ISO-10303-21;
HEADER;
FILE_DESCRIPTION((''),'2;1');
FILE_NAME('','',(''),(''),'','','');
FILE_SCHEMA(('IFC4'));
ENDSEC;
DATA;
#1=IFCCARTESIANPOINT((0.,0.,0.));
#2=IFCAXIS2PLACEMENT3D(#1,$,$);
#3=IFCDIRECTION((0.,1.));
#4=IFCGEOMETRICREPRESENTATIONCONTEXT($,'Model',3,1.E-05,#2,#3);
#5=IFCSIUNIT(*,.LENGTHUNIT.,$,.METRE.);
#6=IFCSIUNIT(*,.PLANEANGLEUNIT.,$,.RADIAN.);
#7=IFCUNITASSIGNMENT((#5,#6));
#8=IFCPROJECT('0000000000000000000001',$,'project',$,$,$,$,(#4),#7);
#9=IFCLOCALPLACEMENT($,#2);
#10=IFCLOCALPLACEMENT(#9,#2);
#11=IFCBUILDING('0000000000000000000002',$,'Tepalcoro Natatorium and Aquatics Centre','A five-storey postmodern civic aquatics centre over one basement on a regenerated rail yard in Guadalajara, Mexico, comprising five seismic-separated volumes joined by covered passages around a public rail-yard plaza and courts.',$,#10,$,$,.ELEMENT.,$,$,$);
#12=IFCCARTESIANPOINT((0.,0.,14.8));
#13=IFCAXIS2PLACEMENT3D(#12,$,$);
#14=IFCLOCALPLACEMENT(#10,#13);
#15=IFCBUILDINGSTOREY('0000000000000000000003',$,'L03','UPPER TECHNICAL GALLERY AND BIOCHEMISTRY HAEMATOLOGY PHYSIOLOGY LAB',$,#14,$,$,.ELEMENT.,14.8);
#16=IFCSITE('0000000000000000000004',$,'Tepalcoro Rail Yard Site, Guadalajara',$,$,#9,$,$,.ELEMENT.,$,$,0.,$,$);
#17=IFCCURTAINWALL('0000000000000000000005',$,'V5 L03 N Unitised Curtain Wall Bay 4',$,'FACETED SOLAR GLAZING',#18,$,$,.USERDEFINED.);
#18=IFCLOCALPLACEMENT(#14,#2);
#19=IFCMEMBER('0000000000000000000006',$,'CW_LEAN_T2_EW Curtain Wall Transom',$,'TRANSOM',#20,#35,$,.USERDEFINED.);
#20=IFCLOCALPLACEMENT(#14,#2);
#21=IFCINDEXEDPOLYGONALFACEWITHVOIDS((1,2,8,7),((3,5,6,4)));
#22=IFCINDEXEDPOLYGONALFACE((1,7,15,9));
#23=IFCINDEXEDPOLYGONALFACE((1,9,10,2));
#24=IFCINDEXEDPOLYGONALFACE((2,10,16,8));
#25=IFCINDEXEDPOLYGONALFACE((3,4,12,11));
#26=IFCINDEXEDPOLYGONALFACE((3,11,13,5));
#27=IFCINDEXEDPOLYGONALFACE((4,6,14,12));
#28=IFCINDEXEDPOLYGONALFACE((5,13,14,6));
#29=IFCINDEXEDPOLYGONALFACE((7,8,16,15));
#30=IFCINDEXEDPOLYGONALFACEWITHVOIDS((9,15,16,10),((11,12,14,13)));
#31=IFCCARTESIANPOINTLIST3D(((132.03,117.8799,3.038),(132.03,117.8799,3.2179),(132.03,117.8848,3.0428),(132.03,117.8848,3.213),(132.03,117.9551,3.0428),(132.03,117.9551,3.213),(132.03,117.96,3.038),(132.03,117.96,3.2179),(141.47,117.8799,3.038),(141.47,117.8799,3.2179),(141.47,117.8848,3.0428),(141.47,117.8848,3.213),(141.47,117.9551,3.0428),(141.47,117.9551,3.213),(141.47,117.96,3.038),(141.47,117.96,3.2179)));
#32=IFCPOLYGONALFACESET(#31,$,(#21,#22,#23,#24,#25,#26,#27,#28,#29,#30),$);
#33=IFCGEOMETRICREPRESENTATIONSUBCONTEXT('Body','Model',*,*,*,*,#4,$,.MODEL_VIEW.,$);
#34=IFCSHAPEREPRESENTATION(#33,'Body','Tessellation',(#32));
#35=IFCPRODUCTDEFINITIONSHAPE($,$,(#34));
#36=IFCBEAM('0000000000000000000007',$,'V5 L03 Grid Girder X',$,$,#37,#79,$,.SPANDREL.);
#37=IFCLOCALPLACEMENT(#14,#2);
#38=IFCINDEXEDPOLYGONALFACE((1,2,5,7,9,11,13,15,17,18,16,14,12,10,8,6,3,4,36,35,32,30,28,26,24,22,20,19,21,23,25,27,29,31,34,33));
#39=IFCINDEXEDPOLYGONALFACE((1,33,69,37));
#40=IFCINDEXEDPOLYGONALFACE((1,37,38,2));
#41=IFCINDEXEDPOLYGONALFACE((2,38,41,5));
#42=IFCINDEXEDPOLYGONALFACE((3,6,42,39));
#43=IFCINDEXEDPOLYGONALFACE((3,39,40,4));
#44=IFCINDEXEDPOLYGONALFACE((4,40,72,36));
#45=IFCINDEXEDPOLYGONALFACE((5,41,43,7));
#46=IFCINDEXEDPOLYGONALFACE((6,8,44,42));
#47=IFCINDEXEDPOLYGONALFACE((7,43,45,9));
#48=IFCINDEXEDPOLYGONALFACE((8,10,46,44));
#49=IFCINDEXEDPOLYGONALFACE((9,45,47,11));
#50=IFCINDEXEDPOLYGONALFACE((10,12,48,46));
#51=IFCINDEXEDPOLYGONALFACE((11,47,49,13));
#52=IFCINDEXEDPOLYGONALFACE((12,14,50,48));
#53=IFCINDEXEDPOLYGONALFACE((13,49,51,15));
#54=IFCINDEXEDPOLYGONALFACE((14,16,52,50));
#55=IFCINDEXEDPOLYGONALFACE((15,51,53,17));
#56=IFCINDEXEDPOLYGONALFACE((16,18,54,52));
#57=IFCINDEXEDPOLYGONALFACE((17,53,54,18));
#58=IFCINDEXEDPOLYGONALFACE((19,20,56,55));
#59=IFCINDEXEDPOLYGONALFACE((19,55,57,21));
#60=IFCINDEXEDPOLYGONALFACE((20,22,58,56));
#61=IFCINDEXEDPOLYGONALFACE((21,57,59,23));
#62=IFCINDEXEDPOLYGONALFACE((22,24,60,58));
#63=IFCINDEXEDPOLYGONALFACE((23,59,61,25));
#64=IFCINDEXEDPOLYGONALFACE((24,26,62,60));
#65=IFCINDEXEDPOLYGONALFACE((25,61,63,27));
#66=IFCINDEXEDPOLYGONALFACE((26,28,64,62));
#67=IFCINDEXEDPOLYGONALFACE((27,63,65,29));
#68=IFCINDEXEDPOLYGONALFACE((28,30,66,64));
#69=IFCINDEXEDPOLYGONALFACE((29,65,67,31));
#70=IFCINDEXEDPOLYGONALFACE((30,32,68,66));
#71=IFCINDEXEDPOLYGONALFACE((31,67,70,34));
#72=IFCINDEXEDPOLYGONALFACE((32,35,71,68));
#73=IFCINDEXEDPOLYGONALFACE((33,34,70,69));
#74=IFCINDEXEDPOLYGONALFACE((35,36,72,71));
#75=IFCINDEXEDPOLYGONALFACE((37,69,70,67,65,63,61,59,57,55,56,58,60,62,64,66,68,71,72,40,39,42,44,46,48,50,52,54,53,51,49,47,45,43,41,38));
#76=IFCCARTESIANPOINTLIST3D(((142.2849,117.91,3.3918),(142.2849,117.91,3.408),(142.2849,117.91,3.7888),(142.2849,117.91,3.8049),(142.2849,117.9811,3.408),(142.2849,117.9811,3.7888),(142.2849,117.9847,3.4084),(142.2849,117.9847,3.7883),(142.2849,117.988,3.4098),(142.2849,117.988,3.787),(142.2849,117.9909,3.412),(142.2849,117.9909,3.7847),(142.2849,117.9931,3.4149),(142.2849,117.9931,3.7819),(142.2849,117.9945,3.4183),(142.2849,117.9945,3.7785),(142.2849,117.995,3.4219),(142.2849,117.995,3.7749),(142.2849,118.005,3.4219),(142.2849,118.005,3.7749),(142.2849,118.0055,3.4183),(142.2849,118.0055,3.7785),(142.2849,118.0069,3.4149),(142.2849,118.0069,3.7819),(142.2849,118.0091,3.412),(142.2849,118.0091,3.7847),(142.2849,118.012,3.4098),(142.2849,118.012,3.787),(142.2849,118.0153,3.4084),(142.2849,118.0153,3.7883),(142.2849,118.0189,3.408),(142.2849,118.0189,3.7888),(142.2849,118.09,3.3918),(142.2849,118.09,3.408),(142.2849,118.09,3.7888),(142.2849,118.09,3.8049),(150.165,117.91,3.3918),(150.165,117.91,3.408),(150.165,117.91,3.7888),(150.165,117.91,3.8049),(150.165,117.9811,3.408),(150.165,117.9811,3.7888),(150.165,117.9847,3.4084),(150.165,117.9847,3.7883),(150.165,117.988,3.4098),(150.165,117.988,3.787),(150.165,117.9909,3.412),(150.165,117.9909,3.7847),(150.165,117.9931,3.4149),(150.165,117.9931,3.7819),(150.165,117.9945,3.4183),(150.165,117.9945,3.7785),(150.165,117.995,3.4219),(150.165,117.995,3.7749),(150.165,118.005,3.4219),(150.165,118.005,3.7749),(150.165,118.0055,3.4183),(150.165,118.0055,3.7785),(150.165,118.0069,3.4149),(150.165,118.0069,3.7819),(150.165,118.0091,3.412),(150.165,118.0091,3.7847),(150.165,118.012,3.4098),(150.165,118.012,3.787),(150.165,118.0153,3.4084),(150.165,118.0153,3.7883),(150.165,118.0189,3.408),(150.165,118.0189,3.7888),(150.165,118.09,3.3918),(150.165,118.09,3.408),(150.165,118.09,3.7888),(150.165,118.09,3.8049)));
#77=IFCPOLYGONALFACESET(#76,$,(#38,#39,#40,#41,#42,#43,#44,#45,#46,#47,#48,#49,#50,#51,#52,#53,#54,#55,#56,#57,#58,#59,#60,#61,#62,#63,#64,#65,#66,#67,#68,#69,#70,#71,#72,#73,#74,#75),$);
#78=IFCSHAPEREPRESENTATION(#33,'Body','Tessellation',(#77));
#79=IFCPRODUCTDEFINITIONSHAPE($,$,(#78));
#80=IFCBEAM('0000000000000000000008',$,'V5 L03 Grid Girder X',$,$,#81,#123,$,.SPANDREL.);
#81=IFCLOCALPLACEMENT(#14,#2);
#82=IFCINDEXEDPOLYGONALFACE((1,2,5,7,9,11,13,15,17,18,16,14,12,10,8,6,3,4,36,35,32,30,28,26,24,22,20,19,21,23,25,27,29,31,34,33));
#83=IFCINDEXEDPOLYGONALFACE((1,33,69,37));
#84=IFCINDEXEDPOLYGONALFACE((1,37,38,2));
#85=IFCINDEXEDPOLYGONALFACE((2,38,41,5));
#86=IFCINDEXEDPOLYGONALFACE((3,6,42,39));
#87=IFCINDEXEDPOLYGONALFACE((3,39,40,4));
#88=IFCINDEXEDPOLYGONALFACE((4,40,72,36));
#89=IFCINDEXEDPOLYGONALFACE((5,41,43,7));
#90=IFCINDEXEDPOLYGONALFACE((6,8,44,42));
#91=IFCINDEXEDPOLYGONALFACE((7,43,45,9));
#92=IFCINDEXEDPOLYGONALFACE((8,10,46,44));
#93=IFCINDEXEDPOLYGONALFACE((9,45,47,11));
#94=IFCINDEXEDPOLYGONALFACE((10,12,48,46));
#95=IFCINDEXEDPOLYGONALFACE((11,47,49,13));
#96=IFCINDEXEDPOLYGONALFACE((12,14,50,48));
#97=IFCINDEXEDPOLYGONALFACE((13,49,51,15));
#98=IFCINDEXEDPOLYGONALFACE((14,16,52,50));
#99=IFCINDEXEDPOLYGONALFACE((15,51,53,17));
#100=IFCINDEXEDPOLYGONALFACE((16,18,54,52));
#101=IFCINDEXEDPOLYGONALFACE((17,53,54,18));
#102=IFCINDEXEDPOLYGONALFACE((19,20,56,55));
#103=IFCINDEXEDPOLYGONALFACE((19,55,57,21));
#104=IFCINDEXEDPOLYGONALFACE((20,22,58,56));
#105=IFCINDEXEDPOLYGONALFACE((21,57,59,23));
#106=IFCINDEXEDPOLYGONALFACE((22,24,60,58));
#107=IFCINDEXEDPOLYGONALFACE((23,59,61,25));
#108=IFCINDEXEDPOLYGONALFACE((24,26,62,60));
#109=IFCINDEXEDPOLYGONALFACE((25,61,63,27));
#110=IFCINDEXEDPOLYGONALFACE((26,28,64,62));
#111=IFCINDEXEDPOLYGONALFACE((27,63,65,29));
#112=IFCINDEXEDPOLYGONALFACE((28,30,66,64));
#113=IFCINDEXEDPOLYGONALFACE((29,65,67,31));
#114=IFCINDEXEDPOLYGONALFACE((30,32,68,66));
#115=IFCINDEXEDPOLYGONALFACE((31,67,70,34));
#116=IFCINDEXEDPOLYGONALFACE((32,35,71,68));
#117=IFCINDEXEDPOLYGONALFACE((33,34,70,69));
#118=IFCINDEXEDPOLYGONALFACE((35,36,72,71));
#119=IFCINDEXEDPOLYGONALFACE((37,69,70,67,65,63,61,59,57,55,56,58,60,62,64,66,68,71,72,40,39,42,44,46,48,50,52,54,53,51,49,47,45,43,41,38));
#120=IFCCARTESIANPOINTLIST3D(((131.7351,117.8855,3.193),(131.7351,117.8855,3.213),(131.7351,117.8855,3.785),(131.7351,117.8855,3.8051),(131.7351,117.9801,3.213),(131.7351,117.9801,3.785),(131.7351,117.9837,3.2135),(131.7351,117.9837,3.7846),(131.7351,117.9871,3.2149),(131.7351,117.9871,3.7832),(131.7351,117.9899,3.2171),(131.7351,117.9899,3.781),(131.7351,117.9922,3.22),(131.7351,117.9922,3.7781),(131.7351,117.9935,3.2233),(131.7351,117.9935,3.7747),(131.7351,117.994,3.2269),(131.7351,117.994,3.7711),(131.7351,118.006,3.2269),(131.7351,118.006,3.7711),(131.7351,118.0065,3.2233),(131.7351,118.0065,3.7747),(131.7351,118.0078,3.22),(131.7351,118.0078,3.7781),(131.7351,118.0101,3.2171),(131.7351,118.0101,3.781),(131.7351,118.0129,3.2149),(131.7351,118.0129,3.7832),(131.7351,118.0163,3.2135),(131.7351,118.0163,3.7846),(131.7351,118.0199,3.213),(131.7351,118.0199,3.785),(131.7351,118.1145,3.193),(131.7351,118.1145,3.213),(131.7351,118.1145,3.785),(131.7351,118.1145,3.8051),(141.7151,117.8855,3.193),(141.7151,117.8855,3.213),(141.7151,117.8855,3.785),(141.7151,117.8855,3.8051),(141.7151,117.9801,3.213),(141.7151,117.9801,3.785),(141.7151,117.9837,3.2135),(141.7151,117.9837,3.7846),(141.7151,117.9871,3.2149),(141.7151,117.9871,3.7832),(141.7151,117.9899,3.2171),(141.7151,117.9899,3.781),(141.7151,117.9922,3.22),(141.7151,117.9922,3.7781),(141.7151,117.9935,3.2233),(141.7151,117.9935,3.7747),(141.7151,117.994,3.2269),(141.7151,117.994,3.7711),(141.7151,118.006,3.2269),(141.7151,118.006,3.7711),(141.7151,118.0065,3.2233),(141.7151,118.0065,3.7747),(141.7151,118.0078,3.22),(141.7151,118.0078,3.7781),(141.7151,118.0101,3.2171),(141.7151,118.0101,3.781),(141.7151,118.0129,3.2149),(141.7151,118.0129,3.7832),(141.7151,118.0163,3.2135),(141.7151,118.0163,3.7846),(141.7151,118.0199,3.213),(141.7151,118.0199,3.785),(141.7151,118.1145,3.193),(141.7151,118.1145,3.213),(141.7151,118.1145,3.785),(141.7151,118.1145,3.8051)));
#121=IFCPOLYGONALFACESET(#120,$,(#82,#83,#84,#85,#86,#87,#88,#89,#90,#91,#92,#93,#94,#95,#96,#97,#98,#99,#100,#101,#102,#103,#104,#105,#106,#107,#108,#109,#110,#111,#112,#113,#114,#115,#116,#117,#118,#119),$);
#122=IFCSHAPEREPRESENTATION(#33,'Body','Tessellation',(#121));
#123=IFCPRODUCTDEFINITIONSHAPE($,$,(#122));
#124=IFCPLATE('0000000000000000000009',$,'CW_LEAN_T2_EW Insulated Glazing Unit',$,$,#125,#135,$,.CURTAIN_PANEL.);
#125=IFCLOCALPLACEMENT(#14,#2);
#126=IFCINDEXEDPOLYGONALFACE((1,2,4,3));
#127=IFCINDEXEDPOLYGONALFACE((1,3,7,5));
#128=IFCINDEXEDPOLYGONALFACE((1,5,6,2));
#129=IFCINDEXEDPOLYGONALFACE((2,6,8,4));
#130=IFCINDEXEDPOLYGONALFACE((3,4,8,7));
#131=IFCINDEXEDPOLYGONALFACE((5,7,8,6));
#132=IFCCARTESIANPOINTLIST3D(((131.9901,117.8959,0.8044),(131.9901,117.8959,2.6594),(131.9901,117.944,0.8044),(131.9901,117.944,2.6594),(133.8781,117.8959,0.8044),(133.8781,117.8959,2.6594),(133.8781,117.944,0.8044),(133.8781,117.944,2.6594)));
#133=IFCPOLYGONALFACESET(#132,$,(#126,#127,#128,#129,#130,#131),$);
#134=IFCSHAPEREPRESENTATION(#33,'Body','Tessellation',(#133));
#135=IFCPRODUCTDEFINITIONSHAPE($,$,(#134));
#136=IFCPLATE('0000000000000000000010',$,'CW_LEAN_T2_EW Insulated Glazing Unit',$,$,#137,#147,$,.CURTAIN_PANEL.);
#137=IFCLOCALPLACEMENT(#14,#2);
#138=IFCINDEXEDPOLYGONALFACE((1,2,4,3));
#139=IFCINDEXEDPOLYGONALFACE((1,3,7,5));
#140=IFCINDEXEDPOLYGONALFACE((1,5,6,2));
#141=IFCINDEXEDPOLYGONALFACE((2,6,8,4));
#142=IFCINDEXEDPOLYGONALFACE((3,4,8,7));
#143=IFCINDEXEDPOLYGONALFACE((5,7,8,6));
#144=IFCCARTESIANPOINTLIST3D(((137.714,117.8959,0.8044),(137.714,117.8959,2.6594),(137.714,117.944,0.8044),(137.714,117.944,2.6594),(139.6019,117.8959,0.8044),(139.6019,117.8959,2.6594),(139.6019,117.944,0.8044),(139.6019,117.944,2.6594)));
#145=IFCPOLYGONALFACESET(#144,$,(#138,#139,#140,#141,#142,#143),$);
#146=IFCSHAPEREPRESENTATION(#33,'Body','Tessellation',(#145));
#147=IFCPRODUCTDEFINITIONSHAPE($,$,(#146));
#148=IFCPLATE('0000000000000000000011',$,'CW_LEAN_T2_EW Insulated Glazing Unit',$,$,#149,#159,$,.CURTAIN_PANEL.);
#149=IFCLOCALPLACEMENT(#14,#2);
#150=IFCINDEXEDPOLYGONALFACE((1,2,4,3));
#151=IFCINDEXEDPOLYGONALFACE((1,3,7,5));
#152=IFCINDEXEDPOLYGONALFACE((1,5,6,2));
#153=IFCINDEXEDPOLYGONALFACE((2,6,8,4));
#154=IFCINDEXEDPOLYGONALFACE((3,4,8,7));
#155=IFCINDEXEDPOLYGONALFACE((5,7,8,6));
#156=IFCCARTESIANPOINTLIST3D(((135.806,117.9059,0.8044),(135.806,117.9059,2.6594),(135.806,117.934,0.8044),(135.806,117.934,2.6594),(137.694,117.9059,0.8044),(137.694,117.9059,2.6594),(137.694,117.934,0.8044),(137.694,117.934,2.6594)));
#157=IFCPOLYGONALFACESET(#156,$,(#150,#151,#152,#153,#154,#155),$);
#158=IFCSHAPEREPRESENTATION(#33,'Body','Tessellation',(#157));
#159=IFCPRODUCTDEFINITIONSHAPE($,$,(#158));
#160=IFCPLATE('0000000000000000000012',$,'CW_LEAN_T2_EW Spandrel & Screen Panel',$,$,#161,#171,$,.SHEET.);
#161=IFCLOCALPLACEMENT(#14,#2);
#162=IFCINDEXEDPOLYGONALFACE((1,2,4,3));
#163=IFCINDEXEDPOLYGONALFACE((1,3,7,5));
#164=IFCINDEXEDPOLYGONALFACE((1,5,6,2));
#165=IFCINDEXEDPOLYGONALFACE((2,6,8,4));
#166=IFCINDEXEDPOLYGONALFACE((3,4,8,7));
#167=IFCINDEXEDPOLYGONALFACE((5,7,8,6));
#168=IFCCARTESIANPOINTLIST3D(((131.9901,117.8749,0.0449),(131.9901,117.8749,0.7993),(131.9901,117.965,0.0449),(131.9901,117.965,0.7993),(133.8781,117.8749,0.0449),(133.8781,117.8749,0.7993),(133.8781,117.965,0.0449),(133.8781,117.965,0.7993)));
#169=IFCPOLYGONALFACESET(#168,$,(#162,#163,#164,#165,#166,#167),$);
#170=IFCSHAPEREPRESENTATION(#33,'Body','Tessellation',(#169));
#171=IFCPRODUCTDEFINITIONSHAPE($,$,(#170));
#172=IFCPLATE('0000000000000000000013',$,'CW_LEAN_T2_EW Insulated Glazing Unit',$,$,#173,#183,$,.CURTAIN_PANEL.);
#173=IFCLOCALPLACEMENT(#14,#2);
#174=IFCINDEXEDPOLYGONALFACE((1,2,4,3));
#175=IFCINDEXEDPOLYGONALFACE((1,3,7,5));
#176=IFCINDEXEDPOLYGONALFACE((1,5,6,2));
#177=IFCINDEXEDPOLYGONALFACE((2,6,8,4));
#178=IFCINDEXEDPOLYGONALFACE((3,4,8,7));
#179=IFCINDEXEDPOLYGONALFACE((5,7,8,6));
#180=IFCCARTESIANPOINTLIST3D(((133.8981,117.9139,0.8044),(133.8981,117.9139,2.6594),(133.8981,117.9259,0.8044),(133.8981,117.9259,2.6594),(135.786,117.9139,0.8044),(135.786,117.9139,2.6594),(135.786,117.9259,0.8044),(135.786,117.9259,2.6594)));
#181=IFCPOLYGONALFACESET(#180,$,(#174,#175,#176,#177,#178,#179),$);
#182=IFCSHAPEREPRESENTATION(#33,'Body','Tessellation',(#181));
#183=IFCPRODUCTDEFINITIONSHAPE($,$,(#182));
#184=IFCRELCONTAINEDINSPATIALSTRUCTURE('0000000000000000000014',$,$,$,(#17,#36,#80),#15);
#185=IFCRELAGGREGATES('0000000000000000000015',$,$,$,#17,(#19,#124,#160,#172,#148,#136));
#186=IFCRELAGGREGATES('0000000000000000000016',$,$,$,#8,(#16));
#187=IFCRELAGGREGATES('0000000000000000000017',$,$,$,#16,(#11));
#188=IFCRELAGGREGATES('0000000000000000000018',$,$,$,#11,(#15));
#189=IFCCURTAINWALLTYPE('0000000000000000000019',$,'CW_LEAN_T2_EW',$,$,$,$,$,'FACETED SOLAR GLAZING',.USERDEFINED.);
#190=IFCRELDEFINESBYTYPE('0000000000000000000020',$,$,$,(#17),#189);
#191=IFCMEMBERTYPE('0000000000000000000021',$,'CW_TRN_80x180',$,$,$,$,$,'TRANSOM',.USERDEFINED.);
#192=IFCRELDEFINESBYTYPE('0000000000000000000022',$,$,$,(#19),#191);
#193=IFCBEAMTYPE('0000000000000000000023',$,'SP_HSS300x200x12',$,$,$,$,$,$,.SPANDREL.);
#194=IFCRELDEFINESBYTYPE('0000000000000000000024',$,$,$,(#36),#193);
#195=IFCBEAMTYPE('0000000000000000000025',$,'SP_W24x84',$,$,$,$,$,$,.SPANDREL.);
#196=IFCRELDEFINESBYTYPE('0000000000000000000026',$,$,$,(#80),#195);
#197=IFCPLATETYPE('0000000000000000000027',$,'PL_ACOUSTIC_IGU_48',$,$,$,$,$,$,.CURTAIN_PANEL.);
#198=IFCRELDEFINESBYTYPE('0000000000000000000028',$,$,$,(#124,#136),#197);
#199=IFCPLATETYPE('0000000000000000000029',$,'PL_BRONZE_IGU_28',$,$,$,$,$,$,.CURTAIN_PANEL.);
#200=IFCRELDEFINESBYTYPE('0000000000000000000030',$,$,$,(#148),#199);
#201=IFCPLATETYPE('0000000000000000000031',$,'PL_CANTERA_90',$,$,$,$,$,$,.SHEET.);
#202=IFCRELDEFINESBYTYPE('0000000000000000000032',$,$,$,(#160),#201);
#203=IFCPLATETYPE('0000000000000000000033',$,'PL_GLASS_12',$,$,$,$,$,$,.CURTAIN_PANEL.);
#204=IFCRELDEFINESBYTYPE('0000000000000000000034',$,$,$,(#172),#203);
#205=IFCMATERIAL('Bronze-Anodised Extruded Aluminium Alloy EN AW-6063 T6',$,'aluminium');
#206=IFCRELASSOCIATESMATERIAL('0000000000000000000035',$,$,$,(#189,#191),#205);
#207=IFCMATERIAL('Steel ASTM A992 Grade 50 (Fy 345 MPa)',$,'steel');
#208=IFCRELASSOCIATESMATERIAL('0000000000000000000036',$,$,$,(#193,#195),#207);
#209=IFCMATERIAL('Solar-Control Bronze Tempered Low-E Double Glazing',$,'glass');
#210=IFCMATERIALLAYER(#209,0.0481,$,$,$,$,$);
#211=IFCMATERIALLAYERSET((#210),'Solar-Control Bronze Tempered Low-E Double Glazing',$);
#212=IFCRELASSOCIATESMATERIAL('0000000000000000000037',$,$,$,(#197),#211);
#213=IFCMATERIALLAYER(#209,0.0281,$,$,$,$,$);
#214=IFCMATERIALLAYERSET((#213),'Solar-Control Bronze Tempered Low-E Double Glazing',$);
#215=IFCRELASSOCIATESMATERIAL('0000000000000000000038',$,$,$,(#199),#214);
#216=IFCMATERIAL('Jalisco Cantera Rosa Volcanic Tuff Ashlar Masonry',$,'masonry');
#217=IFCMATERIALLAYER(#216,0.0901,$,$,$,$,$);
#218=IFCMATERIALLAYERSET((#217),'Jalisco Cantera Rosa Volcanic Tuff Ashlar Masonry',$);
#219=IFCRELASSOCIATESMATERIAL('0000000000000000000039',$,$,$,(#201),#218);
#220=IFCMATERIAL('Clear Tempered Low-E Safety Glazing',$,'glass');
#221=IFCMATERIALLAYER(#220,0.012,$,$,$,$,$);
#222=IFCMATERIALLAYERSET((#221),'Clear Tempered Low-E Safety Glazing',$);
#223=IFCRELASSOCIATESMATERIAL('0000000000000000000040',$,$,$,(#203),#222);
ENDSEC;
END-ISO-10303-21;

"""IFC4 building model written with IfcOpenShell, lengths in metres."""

from ifc_helpers import new_model, si_unit, direction, frame, origin, origin_2d, place, context, subcontext, project, spatial, rectangle, hollow_rectangle, i_section, extrude, material, layer, layer_set, material_profile, profile_set, type_object, element, aggregate, save


model = new_model("IFC4")

# Units and contexts
model_context = context("Model", 3, precision=1e-05, world=origin(), true_north=direction((0.0, 1.0)))
body_context = subcontext(model_context, "Body", "Model", "MODEL_VIEW")
ifc_project = project(units=[si_unit("LENGTHUNIT", "METRE"), si_unit("PLANEANGLEUNIT", "RADIAN")], contexts=[model_context])

# Site, building, storey
site_placement = place(None, origin())
site = spatial("IfcSite", under=ifc_project, at=site_placement, Name="Tepalcoro Rail Yard Site, Guadalajara", CompositionType="ELEMENT", RefElevation=0.0)
building_placement = place(site_placement, origin())
building = spatial("IfcBuilding", under=site, at=building_placement, Name="Tepalcoro Natatorium and Aquatics Centre", Description="A five-storey postmodern civic aquatics centre over one basement on a regenerated rail yard in Guadalajara, Mexico, comprising five seismic-separated volumes joined by covered passages around a public rail-yard plaza and courts.", CompositionType="ELEMENT")
storey_placement = place(building_placement, frame((0.0, 0.0, 14.8)))
storey = spatial("IfcBuildingStorey", under=building, at=storey_placement, Name="L03", Description="UPPER TECHNICAL GALLERY AND BIOCHEMISTRY HAEMATOLOGY PHYSIOLOGY LAB", CompositionType="ELEMENT", Elevation=14.8)

# Curtain wall, member
ifc_material_1 = material(Name="Bronze-Anodised Extruded Aluminium Alloy EN AW-6063 T6", Category="aluminium")
curtain_wall_type = type_object("IfcCurtainWallType", Name="CW_LEAN_T2_EW", ElementType="FACETED SOLAR GLAZING", PredefinedType="USERDEFINED", material=ifc_material_1)
curtain_wall_placement = place(storey_placement, origin())
curtain_wall = element("IfcCurtainWall", 1, at=curtain_wall_placement, inside=storey, type_object=curtain_wall_type, Name="V5 L03 N Unitised Curtain Wall Bay 4", ObjectType="FACETED SOLAR GLAZING", PredefinedType="USERDEFINED")
ifc_material_profile_1 = material_profile(ifc_material_1, hollow_rectangle(XDim=0.0801, YDim=0.1799, WallThickness=0.0049, at=origin_2d()), Name="AL80X180X5")
ifc_profile_set_1 = profile_set([ifc_material_profile_1], Name="Bronze-Anodised Extruded Aluminium Alloy EN AW-6063 T6")
member_type_1 = type_object("IfcMemberType", Name="CW_TRN_80x180", ElementType="TRANSOM", PredefinedType="USERDEFINED", material=ifc_profile_set_1)
member_1_placement = place(storey_placement, frame((132.03, 117.9199, 3.1279), z_axis=(1.0, 0.0, 0.0), x_axis=(0.0, 1.0, 0.0)))
member_1 = element("IfcMember", 2, at=member_1_placement, type_object=member_type_1, Name="CW_LEAN_T2_EW Curtain Wall Transom", ObjectType="TRANSOM", PredefinedType="USERDEFINED", context=body_context, shape_type="SweptSolid", body=[
    extrude(hollow_rectangle(XDim=0.0801, YDim=0.1799, WallThickness=0.0049, at=origin_2d()), origin(), (0.0, 0.0, 1.0), 9.4399),
])

# Beams
ifc_material_2 = material(Name="Steel ASTM A992 Grade 50 (Fy 345 MPa)", Category="steel")
ifc_material_profile_2 = material_profile(ifc_material_2, i_section(OverallWidth=0.1799, OverallDepth=0.4131, WebThickness=0.01, FlangeThickness=0.0161, FilletRadius=0.0139, at=origin_2d()), Name="W16X50")
ifc_profile_set_2 = profile_set([ifc_material_profile_2], Name="Steel ASTM A992 Grade 50 (Fy 345 MPa)")
beam_type_1 = type_object("IfcBeamType", Name="SP_HSS300x200x12", PredefinedType="SPANDREL", material=ifc_profile_set_2)
beam_1_placement = place(storey_placement, frame((142.2849, 118.0, 3.5984), z_axis=(1.0, 0.0, 0.0), x_axis=(0.0, 1.0, 0.0)))
element("IfcBeam", 3, at=beam_1_placement, inside=storey, type_object=beam_type_1, Name="V5 L03 Grid Girder X", PredefinedType="SPANDREL", context=body_context, shape_type="SweptSolid", body=[
    extrude(i_section(OverallWidth=0.1799, OverallDepth=0.4131, WebThickness=0.01, FlangeThickness=0.0161, FilletRadius=0.0139, at=origin_2d()), origin(), (0.0, 0.0, 1.0), 7.8801),
])
ifc_material_profile_3 = material_profile(ifc_material_2, i_section(OverallWidth=0.229, OverallDepth=0.6121, WebThickness=0.012, FlangeThickness=0.02, FilletRadius=0.0139, at=origin_2d()), Name="W24X84")
ifc_profile_set_3 = profile_set([ifc_material_profile_3], Name="Steel ASTM A992 Grade 50 (Fy 345 MPa)")
beam_type_2 = type_object("IfcBeamType", Name="SP_W24x84", PredefinedType="SPANDREL", material=ifc_profile_set_3)
beam_2_placement = place(storey_placement, frame((131.7351, 118.0, 3.499), z_axis=(1.0, 0.0, 0.0), x_axis=(0.0, 1.0, 0.0)))
element("IfcBeam", 4, at=beam_2_placement, inside=storey, type_object=beam_type_2, Name="V5 L03 Grid Girder X", PredefinedType="SPANDREL", context=body_context, shape_type="SweptSolid", body=[
    extrude(i_section(OverallWidth=0.229, OverallDepth=0.6121, WebThickness=0.012, FlangeThickness=0.02, FilletRadius=0.0139, at=origin_2d()), origin(), (0.0, 0.0, 1.0), 9.98),
])

# Plates
ifc_material_3 = material(Name="Solar-Control Bronze Tempered Low-E Double Glazing", Category="glass")
ifc_layer_1 = layer(ifc_material_3, 0.0481)
ifc_layer_set_1 = layer_set([ifc_layer_1], Name="Solar-Control Bronze Tempered Low-E Double Glazing")
plate_type_1 = type_object("IfcPlateType", Name="PL_ACOUSTIC_IGU_48", PredefinedType="CURTAIN_PANEL", material=ifc_layer_set_1)
plate_1_placement = place(storey_placement, frame((132.9341, 117.9199, 0.8044), z_axis=(0.0, 0.0, 1.0), x_axis=(1.0, 0.0, 0.0)))
plate_1 = element("IfcPlate", 5, at=plate_1_placement, type_object=plate_type_1, Name="CW_LEAN_T2_EW Insulated Glazing Unit", PredefinedType="CURTAIN_PANEL", context=body_context, shape_type="SweptSolid", body=[
    extrude(rectangle(XDim=1.8879, YDim=0.0481, at=origin_2d()), origin(), (0.0, 0.0, 1.0), 1.855),
])
plate_2_placement = place(storey_placement, frame((138.658, 117.9199, 0.8044), z_axis=(0.0, 0.0, 1.0), x_axis=(1.0, 0.0, 0.0)))
plate_2 = element("IfcPlate", 6, at=plate_2_placement, type_object=plate_type_1, Name="CW_LEAN_T2_EW Insulated Glazing Unit", PredefinedType="CURTAIN_PANEL", context=body_context, shape_type="SweptSolid", body=[
    extrude(rectangle(XDim=1.8879, YDim=0.0481, at=origin_2d()), origin(), (0.0, 0.0, 1.0), 1.855),
])
ifc_layer_2 = layer(ifc_material_3, 0.0281)
ifc_layer_set_2 = layer_set([ifc_layer_2], Name="Solar-Control Bronze Tempered Low-E Double Glazing")
plate_type_2 = type_object("IfcPlateType", Name="PL_BRONZE_IGU_28", PredefinedType="CURTAIN_PANEL", material=ifc_layer_set_2)
plate_3_placement = place(storey_placement, frame((136.75, 117.9199, 0.8044), z_axis=(0.0, 0.0, 1.0), x_axis=(1.0, 0.0, 0.0)))
plate_3 = element("IfcPlate", 7, at=plate_3_placement, type_object=plate_type_2, Name="CW_LEAN_T2_EW Insulated Glazing Unit", PredefinedType="CURTAIN_PANEL", context=body_context, shape_type="SweptSolid", body=[
    extrude(rectangle(XDim=1.8879, YDim=0.0281, at=origin_2d()), origin(), (0.0, 0.0, 1.0), 1.855),
])
ifc_material_4 = material(Name="Jalisco Cantera Rosa Volcanic Tuff Ashlar Masonry", Category="masonry")
ifc_layer_3 = layer(ifc_material_4, 0.0901)
ifc_layer_set_3 = layer_set([ifc_layer_3], Name="Jalisco Cantera Rosa Volcanic Tuff Ashlar Masonry")
plate_type_3 = type_object("IfcPlateType", Name="PL_CANTERA_90", PredefinedType="SHEET", material=ifc_layer_set_3)
plate_4_placement = place(storey_placement, frame((132.9341, 117.9199, 0.0449), z_axis=(0.0, 0.0, 1.0), x_axis=(1.0, 0.0, 0.0)))
plate_4 = element("IfcPlate", 8, at=plate_4_placement, type_object=plate_type_3, Name="CW_LEAN_T2_EW Spandrel & Screen Panel", PredefinedType="SHEET", context=body_context, shape_type="SweptSolid", body=[
    extrude(rectangle(XDim=1.8879, YDim=0.0901, at=origin_2d()), origin(), (0.0, 0.0, 1.0), 0.7544),
])
ifc_material_5 = material(Name="Clear Tempered Low-E Safety Glazing", Category="glass")
ifc_layer_4 = layer(ifc_material_5, 0.012)
ifc_layer_set_4 = layer_set([ifc_layer_4], Name="Clear Tempered Low-E Safety Glazing")
plate_type_4 = type_object("IfcPlateType", Name="PL_GLASS_12", PredefinedType="CURTAIN_PANEL", material=ifc_layer_set_4)
plate_5_placement = place(storey_placement, frame((134.842, 117.9199, 0.8044), z_axis=(0.0, 0.0, 1.0), x_axis=(1.0, 0.0, 0.0)))
plate_5 = element("IfcPlate", 9, at=plate_5_placement, type_object=plate_type_4, Name="CW_LEAN_T2_EW Insulated Glazing Unit", PredefinedType="CURTAIN_PANEL", context=body_context, shape_type="SweptSolid", body=[
    extrude(rectangle(XDim=1.8879, YDim=0.012, at=origin_2d()), origin(), (0.0, 0.0, 1.0), 1.855),
])
aggregate(curtain_wall, [member_1, plate_1, plate_4, plate_5, plate_3, plate_2])

save(model, "model.ifc")
